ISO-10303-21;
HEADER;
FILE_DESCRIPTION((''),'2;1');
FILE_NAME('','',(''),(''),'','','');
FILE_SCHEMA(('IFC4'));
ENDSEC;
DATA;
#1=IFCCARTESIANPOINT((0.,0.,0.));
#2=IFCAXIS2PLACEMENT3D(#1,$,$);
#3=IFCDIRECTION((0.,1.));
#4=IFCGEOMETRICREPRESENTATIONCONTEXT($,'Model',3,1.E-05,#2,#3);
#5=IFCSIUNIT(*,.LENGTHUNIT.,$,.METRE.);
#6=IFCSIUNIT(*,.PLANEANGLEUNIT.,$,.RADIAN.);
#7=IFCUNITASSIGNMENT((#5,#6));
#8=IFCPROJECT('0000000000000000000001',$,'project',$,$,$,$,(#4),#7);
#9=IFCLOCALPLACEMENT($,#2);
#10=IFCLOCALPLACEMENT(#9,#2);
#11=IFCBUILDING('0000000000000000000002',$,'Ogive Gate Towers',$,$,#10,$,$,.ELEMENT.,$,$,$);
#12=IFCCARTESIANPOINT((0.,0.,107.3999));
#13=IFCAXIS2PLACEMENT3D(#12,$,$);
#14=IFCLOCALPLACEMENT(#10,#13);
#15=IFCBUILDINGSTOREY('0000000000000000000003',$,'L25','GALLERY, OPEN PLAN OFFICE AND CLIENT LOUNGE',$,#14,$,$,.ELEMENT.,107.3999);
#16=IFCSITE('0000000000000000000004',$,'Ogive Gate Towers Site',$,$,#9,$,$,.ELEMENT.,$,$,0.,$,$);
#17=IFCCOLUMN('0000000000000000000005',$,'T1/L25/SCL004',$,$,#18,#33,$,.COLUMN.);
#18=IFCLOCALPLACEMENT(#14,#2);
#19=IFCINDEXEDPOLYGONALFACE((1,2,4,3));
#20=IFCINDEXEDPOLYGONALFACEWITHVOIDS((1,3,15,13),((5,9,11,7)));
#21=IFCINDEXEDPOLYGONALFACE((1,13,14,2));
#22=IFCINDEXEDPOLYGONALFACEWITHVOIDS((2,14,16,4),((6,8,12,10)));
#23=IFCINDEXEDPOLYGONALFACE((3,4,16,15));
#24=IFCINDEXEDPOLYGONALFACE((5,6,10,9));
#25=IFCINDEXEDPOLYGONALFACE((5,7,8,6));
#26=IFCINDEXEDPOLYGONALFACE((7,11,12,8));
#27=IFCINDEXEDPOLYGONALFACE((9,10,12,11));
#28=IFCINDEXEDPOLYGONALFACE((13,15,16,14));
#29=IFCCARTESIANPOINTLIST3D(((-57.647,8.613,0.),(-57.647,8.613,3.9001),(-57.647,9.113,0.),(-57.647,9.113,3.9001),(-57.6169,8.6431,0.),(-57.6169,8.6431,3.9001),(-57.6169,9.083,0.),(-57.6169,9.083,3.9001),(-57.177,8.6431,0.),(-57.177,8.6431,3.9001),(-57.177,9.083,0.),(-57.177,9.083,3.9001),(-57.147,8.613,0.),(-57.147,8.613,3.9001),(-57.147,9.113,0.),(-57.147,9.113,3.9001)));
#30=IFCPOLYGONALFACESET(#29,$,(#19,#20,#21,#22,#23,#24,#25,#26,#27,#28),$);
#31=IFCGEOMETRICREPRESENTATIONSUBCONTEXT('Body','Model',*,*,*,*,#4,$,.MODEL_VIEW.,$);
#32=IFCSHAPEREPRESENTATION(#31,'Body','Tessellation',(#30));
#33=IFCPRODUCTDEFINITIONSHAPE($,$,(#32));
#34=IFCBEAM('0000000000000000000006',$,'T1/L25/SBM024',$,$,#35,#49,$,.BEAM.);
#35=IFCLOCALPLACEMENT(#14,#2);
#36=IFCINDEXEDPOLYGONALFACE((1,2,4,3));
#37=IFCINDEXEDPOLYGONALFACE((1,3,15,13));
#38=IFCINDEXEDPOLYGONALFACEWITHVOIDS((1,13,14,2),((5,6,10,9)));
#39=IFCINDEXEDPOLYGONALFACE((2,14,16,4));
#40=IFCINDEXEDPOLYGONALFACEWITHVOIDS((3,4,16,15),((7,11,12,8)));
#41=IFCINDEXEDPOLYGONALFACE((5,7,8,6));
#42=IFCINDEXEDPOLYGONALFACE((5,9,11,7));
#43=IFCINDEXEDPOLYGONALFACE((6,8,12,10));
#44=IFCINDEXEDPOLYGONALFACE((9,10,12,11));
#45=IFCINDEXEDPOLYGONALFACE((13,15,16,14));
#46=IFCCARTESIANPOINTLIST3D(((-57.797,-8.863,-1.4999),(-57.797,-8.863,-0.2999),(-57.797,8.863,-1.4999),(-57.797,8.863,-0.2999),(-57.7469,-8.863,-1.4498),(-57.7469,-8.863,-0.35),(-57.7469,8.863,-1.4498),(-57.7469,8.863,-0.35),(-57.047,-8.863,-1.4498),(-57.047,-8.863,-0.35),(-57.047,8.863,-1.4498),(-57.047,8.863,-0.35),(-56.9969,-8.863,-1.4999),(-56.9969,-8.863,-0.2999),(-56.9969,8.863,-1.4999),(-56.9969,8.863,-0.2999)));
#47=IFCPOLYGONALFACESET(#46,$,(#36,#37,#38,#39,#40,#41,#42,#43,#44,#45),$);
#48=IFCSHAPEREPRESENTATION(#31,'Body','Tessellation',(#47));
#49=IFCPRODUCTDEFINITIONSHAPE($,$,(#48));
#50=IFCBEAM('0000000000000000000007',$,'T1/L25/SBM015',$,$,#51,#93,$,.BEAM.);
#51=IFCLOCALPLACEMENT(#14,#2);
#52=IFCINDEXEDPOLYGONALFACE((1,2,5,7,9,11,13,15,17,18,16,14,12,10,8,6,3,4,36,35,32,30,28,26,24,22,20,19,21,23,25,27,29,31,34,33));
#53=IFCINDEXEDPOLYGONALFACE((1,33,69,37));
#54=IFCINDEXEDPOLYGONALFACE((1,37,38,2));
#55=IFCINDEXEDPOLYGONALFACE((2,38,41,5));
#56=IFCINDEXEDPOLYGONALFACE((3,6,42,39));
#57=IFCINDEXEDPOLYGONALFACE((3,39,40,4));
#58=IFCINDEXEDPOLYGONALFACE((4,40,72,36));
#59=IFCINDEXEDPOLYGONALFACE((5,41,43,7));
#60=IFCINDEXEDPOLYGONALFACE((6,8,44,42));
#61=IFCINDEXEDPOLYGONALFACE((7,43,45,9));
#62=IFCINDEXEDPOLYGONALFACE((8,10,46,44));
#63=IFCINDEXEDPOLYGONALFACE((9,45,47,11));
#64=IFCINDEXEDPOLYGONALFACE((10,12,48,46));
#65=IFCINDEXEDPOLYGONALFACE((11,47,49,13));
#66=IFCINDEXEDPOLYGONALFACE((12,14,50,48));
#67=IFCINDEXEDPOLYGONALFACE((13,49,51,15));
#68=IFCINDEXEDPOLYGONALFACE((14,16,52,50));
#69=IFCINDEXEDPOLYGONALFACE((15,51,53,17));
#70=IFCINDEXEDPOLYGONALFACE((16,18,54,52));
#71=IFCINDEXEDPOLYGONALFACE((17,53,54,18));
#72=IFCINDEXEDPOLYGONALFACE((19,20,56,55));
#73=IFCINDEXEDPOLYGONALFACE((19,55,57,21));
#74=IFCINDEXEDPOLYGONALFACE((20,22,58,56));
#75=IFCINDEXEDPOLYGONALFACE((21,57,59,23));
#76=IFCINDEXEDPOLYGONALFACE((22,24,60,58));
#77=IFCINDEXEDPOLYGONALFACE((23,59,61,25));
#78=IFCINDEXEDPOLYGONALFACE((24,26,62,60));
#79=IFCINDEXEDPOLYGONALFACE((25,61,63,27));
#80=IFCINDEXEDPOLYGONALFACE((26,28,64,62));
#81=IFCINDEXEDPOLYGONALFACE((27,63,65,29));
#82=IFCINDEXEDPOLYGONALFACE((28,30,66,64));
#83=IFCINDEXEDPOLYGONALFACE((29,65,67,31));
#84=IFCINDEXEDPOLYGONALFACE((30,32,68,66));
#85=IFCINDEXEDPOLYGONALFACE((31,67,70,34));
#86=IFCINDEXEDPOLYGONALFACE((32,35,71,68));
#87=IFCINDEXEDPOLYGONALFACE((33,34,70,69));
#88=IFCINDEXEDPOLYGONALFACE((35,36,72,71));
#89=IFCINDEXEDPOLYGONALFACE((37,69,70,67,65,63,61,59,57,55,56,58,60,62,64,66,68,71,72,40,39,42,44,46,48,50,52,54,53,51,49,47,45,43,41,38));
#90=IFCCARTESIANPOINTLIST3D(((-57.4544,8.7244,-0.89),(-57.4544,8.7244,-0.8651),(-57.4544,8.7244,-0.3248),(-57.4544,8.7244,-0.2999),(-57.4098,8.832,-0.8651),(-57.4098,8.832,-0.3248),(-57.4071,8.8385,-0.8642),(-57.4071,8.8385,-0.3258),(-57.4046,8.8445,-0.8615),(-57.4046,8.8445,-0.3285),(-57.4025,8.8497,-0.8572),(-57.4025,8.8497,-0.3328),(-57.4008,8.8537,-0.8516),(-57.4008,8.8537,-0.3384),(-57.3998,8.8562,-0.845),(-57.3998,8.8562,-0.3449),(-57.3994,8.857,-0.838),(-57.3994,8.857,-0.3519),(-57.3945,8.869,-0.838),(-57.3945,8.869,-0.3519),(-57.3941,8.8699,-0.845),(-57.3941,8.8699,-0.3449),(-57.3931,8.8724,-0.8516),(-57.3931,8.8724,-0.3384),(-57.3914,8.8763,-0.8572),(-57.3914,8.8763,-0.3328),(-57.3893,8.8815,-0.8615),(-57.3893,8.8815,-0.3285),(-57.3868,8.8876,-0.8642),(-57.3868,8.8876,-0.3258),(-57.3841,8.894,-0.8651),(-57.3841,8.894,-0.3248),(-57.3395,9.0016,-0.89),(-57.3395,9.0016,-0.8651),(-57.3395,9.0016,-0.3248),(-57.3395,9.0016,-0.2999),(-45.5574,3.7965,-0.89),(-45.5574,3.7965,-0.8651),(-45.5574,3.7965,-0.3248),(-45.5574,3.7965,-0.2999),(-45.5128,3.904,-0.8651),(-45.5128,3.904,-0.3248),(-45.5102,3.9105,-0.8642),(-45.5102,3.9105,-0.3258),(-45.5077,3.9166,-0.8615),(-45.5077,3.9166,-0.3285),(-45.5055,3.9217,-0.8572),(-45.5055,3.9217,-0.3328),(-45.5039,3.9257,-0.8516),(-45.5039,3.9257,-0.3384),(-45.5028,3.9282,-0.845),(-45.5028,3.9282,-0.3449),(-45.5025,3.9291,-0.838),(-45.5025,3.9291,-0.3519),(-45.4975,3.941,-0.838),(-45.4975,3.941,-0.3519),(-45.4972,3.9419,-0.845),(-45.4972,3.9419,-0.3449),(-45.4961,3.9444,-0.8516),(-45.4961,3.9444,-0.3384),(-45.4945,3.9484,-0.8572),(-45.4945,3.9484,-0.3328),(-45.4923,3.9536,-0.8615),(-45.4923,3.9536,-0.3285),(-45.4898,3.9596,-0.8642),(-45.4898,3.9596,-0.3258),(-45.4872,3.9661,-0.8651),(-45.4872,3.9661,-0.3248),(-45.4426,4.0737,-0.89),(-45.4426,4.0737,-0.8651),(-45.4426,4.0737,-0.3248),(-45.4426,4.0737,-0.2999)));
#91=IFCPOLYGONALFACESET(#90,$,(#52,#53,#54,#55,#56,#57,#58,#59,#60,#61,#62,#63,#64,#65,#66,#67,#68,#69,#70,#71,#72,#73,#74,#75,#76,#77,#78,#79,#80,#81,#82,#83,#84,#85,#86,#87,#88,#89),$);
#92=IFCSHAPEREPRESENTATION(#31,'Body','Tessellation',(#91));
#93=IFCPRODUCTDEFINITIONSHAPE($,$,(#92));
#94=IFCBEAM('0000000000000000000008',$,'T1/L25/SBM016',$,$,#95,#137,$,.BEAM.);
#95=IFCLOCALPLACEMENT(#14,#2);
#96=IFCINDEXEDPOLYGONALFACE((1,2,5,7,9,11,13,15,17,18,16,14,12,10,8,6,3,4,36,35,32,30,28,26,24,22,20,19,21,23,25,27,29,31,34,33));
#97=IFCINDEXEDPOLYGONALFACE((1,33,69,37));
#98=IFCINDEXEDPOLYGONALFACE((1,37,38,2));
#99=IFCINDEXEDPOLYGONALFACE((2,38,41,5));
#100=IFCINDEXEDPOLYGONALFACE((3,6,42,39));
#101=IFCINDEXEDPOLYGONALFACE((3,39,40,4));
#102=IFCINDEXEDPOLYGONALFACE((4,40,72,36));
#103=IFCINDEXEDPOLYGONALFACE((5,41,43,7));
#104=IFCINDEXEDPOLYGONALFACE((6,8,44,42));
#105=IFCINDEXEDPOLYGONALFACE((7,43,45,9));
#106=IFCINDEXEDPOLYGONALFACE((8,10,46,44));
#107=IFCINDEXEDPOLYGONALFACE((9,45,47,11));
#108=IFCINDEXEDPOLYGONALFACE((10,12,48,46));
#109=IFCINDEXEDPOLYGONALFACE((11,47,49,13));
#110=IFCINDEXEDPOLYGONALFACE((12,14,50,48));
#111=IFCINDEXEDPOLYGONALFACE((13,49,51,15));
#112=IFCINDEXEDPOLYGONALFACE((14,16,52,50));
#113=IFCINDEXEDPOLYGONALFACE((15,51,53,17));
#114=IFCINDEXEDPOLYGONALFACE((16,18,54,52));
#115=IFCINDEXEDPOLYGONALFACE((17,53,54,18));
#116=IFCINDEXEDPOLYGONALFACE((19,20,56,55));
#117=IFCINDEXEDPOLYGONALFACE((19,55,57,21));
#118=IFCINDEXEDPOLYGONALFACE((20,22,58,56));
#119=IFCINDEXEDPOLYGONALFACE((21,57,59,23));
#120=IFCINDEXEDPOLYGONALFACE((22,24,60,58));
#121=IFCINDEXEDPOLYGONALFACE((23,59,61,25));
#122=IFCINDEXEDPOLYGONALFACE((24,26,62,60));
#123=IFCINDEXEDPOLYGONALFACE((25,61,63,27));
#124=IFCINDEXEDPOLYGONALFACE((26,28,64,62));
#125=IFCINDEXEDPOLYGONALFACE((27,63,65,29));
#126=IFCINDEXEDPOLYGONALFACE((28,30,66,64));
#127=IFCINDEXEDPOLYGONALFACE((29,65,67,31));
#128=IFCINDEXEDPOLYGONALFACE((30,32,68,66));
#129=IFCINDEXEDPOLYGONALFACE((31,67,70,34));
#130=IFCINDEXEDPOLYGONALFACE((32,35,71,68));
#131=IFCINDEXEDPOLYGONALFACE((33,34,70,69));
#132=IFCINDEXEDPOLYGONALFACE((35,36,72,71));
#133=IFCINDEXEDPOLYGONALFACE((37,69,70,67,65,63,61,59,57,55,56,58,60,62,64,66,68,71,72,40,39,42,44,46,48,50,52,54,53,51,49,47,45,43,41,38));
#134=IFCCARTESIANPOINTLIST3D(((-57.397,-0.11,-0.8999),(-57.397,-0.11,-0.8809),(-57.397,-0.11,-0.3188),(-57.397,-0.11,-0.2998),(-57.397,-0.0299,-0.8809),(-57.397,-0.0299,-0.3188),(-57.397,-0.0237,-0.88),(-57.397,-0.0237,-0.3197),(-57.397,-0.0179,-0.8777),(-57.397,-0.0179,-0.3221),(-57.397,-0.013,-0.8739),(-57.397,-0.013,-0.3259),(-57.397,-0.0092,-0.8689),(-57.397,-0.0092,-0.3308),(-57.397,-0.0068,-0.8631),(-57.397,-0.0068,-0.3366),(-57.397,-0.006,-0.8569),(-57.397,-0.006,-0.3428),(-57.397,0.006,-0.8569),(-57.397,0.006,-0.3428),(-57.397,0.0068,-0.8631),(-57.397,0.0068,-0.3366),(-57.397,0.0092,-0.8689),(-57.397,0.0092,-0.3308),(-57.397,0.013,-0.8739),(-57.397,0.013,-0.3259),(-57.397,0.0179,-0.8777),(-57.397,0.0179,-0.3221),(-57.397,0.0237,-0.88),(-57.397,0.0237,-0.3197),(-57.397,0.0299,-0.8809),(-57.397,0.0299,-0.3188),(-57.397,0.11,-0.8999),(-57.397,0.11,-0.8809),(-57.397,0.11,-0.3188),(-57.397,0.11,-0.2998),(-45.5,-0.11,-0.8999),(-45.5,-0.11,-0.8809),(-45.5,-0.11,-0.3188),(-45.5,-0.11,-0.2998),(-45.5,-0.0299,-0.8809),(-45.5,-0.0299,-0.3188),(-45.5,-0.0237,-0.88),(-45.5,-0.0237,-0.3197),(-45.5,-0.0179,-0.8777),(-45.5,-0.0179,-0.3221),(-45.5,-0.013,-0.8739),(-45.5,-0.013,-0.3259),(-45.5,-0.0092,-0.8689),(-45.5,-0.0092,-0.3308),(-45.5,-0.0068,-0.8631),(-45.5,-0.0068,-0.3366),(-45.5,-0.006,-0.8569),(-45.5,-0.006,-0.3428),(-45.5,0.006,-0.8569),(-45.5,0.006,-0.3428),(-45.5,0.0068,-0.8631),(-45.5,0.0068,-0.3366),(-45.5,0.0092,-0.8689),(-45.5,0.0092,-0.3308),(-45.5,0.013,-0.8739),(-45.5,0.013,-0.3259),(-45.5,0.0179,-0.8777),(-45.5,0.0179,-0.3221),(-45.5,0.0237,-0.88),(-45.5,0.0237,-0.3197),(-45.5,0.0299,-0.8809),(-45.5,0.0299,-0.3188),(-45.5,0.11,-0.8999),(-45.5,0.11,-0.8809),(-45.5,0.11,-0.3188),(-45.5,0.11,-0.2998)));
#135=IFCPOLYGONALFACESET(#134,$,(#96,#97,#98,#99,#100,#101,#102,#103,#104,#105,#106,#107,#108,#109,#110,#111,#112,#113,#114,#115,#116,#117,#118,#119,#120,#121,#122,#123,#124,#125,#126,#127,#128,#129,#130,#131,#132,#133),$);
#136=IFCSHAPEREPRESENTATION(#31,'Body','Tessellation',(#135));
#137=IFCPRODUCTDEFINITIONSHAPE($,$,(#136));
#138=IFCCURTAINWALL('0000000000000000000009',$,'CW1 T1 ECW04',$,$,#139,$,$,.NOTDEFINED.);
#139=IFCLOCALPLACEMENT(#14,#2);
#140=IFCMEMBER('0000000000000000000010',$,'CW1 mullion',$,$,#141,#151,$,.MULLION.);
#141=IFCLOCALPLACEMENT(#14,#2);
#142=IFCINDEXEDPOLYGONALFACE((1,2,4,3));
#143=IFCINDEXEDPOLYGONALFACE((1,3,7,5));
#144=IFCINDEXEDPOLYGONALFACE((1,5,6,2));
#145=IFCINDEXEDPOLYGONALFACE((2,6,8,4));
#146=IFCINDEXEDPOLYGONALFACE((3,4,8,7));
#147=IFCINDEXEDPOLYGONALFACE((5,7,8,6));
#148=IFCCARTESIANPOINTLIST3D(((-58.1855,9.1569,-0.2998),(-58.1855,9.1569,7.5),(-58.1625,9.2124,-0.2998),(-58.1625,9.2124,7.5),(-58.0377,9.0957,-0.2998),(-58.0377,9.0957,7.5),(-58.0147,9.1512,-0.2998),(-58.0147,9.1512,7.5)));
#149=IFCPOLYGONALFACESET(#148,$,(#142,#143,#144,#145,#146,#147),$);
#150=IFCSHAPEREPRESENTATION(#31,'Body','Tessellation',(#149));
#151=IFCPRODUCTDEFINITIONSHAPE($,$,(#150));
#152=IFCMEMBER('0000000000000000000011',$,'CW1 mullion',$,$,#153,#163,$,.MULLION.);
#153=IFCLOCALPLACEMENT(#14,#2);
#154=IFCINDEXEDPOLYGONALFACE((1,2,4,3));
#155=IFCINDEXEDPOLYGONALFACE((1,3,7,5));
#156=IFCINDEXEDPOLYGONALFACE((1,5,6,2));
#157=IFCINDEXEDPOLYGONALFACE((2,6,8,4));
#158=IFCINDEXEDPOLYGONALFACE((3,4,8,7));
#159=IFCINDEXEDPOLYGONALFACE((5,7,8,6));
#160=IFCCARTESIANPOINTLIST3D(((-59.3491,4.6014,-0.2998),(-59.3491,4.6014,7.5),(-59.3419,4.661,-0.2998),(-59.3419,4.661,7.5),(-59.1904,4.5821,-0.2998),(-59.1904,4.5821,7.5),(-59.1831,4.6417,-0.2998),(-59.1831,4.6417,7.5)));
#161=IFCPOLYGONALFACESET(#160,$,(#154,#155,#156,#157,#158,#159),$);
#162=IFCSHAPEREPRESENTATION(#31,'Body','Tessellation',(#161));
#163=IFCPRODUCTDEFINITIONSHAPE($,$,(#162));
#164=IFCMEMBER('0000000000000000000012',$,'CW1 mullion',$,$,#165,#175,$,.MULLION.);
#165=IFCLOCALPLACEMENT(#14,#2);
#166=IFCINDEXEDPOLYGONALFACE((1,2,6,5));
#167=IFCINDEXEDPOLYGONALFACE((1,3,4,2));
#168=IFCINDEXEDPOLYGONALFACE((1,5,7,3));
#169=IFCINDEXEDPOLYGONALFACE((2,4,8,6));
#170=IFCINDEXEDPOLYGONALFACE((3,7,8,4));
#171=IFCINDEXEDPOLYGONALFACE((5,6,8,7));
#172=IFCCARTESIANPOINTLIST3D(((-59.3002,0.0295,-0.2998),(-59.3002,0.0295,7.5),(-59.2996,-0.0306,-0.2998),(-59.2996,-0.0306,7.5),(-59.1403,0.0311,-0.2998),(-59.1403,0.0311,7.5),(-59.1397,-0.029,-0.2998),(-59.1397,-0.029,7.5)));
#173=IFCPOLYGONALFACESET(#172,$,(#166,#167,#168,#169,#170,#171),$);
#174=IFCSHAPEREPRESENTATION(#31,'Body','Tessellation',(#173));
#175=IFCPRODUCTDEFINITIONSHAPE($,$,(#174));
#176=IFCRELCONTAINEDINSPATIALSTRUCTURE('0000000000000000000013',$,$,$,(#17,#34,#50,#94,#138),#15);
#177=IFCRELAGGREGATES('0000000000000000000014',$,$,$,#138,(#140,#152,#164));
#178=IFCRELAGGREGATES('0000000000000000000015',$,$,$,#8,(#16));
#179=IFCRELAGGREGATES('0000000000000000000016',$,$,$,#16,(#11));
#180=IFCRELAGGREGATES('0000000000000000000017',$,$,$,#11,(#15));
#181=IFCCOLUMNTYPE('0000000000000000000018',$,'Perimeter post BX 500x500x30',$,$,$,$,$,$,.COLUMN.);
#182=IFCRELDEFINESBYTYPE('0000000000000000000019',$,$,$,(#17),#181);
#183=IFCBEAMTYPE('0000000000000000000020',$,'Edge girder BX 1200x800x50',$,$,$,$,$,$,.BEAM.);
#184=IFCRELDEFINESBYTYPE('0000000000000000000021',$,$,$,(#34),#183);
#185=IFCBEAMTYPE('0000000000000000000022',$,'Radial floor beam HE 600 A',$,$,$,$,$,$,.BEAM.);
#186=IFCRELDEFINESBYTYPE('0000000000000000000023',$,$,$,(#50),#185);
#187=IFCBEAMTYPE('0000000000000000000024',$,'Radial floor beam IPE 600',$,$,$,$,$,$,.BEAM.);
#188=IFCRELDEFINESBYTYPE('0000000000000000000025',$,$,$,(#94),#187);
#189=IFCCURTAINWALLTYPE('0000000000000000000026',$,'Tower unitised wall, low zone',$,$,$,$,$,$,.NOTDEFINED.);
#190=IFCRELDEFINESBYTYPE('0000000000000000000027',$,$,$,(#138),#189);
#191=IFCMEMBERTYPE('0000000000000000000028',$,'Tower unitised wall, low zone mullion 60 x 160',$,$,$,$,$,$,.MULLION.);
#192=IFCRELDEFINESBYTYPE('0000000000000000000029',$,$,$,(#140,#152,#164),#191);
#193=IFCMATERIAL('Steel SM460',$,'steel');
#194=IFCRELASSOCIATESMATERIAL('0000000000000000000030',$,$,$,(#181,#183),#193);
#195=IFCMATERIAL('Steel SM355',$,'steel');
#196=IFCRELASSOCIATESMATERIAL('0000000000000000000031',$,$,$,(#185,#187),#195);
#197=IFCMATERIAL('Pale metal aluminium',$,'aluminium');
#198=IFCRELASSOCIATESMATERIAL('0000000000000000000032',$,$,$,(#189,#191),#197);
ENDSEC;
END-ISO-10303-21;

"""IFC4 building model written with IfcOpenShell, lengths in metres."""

from ifc_helpers import new_model, si_unit, direction, frame, origin, origin_2d, place, context, subcontext, project, spatial, rectangle, hollow_rectangle, i_section, extrude, material, material_profile, profile_set, type_object, element, aggregate, save


model = new_model("IFC4")

# Units and contexts
model_context = context("Model", 3, precision=1e-05, world=origin(), true_north=direction((0.0, 1.0)))
body_context = subcontext(model_context, "Body", "Model", "MODEL_VIEW")
ifc_project = project(units=[si_unit("LENGTHUNIT", "METRE"), si_unit("PLANEANGLEUNIT", "RADIAN")], contexts=[model_context])

# Site, building, storey
site_placement = place(None, origin())
site = spatial("IfcSite", under=ifc_project, at=site_placement, Name="Ogive Gate Towers Site", CompositionType="ELEMENT", RefElevation=0.0)
building_placement = place(site_placement, origin())
building = spatial("IfcBuilding", under=site, at=building_placement, Name="Ogive Gate Towers", CompositionType="ELEMENT")
storey_placement = place(building_placement, frame((0.0, 0.0, 107.3999)))
storey = spatial("IfcBuildingStorey", under=building, at=storey_placement, Name="L25", Description="GALLERY, OPEN PLAN OFFICE AND CLIENT LOUNGE", CompositionType="ELEMENT", Elevation=107.3999)

# Column
ifc_material_1 = material(Name="Steel SM460", Category="steel")
ifc_material_profile_1 = material_profile(ifc_material_1, hollow_rectangle(XDim=0.5, YDim=0.5, WallThickness=0.03, at=origin_2d()), Name="BX 500x500x30")
ifc_profile_set_1 = profile_set([ifc_material_profile_1], Name="Steel SM460")
column_type = type_object("IfcColumnType", Name="Perimeter post BX 500x500x30", PredefinedType="COLUMN", material=ifc_profile_set_1)
column_placement = place(storey_placement, frame((-57.397, 8.863, 0.0), z_axis=(0.0, 0.0, 1.0), x_axis=(1.0, 0.0, 0.0)))
element("IfcColumn", 1, at=column_placement, inside=storey, type_object=column_type, Name="T1/L25/SCL004", PredefinedType="COLUMN", context=body_context, shape_type="SweptSolid", body=[
    extrude(hollow_rectangle(XDim=0.5, YDim=0.5, WallThickness=0.03, at=origin_2d()), origin(), (0.0, 0.0, 1.0), 3.9001),
])

# Beams
ifc_material_profile_2 = material_profile(ifc_material_1, hollow_rectangle(XDim=0.8, YDim=1.2, WallThickness=0.05, at=origin_2d()), Name="BX 1200x800x50")
ifc_profile_set_2 = profile_set([ifc_material_profile_2], Name="Steel SM460")
beam_type_1 = type_object("IfcBeamType", Name="Edge girder BX 1200x800x50", PredefinedType="BEAM", material=ifc_profile_set_2)
beam_1_placement = place(storey_placement, frame((-57.397, 8.863, -0.8999), z_axis=(0.0, -1.0, 0.0), x_axis=(1.0, 0.0, 0.0)))
element("IfcBeam", 2, at=beam_1_placement, inside=storey, type_object=beam_type_1, Name="T1/L25/SBM024", PredefinedType="BEAM", context=body_context, shape_type="SweptSolid", body=[
    extrude(hollow_rectangle(XDim=0.8, YDim=1.2, WallThickness=0.05, at=origin_2d()), origin(), (0.0, 0.0, 1.0), 17.7261),
])
ifc_material_2 = material(Name="Steel SM355", Category="steel")
ifc_material_profile_3 = material_profile(ifc_material_2, i_section(OverallWidth=0.3, OverallDepth=0.5901, WebThickness=0.0129, FlangeThickness=0.0249, FilletRadius=0.0271, at=origin_2d()), Name="HE 600 A")
ifc_profile_set_3 = profile_set([ifc_material_profile_3], Name="Steel SM355")
beam_type_2 = type_object("IfcBeamType", Name="Radial floor beam HE 600 A", PredefinedType="BEAM", material=ifc_profile_set_3)
beam_2_placement = place(storey_placement, frame((-45.5, 3.9351, -0.595), z_axis=(-0.923877, 0.382689, 0.0), x_axis=(-0.382689, -0.923877, 0.0)))
element("IfcBeam", 3, at=beam_2_placement, inside=storey, type_object=beam_type_2, Name="T1/L25/SBM015", PredefinedType="BEAM", context=body_context, shape_type="SweptSolid", body=[
    extrude(i_section(OverallWidth=0.3, OverallDepth=0.5901, WebThickness=0.0129, FlangeThickness=0.0249, FilletRadius=0.0271, at=origin_2d()), origin(), (0.0, 0.0, 1.0), 12.8772),
])
ifc_material_profile_4 = material_profile(ifc_material_2, i_section(OverallWidth=0.22, OverallDepth=0.6001, WebThickness=0.012, FlangeThickness=0.019, FilletRadius=0.0239, at=origin_2d()), Name="IPE 600")
ifc_profile_set_4 = profile_set([ifc_material_profile_4], Name="Steel SM355")
beam_type_3 = type_object("IfcBeamType", Name="Radial floor beam IPE 600", PredefinedType="BEAM", material=ifc_profile_set_4)
beam_3_placement = place(storey_placement, frame((-45.5, 0.0, -0.5999), z_axis=(-1.0, 0.0, 0.0), x_axis=(0.0, -1.0, 0.0)))
element("IfcBeam", 4, at=beam_3_placement, inside=storey, type_object=beam_type_3, Name="T1/L25/SBM016", PredefinedType="BEAM", context=body_context, shape_type="SweptSolid", body=[
    extrude(i_section(OverallWidth=0.22, OverallDepth=0.6001, WebThickness=0.012, FlangeThickness=0.019, FilletRadius=0.0239, at=origin_2d()), origin(), (0.0, 0.0, 1.0), 11.897),
])

# Curtain wall, members
ifc_material_3 = material(Name="Pale metal aluminium", Category="aluminium")
curtain_wall_type = type_object("IfcCurtainWallType", Name="Tower unitised wall, low zone", PredefinedType="NOTDEFINED", material=ifc_material_3)
curtain_wall_1_placement = place(storey_placement, origin())
curtain_wall_1 = element("IfcCurtainWall", 5, at=curtain_wall_1_placement, inside=storey, type_object=curtain_wall_type, Name="CW1 T1 ECW04", PredefinedType="NOTDEFINED")
ifc_material_profile_5 = material_profile(ifc_material_3, rectangle(XDim=0.1599, YDim=0.0601, at=origin_2d()), Name="60 x 160 aluminium box")
ifc_profile_set_5 = profile_set([ifc_material_profile_5], Name="Pale metal aluminium")
member_type_1 = type_object("IfcMemberType", Name="Tower unitised wall, low zone mullion 60 x 160", PredefinedType="MULLION", material=ifc_profile_set_5)
member_1_placement = place(storey_placement, frame((-58.1001, 9.1541, -0.2998), z_axis=(0.0, 0.0, 1.0), x_axis=(-0.92388, 0.382683, 0.0)))
member_1 = element("IfcMember", 6, at=member_1_placement, type_object=member_type_1, Name="CW1 mullion", PredefinedType="MULLION", context=body_context, shape_type="SweptSolid", body=[
    extrude(rectangle(XDim=0.1599, YDim=0.0601, at=origin_2d()), origin(), (0.0, 0.0, 1.0), 7.7998),
])
member_2_placement = place(storey_placement, frame((-59.2661, 4.6216, -0.2998), z_axis=(0.0, 0.0, 1.0), x_axis=(-0.992696, 0.120639, 0.0)))
member_2 = element("IfcMember", 7, at=member_2_placement, type_object=member_type_1, Name="CW1 mullion", PredefinedType="MULLION", context=body_context, shape_type="SweptSolid", body=[
    extrude(rectangle(XDim=0.1599, YDim=0.0601, at=origin_2d()), origin(), (0.0, 0.0, 1.0), 7.7998),
])
member_3_placement = place(storey_placement, frame((-59.22, 0.0002, -0.2998), z_axis=(0.0, 0.0, 1.0), x_axis=(-0.999951, -0.009931, 0.0)))
member_3 = element("IfcMember", 8, at=member_3_placement, type_object=member_type_1, Name="CW1 mullion", PredefinedType="MULLION", context=body_context, shape_type="SweptSolid", body=[
    extrude(rectangle(XDim=0.1599, YDim=0.0601, at=origin_2d()), origin(), (0.0, 0.0, 1.0), 7.7998),
])

aggregate(curtain_wall_1, [member_1, member_2, member_3])

save(model, "model.ifc")
